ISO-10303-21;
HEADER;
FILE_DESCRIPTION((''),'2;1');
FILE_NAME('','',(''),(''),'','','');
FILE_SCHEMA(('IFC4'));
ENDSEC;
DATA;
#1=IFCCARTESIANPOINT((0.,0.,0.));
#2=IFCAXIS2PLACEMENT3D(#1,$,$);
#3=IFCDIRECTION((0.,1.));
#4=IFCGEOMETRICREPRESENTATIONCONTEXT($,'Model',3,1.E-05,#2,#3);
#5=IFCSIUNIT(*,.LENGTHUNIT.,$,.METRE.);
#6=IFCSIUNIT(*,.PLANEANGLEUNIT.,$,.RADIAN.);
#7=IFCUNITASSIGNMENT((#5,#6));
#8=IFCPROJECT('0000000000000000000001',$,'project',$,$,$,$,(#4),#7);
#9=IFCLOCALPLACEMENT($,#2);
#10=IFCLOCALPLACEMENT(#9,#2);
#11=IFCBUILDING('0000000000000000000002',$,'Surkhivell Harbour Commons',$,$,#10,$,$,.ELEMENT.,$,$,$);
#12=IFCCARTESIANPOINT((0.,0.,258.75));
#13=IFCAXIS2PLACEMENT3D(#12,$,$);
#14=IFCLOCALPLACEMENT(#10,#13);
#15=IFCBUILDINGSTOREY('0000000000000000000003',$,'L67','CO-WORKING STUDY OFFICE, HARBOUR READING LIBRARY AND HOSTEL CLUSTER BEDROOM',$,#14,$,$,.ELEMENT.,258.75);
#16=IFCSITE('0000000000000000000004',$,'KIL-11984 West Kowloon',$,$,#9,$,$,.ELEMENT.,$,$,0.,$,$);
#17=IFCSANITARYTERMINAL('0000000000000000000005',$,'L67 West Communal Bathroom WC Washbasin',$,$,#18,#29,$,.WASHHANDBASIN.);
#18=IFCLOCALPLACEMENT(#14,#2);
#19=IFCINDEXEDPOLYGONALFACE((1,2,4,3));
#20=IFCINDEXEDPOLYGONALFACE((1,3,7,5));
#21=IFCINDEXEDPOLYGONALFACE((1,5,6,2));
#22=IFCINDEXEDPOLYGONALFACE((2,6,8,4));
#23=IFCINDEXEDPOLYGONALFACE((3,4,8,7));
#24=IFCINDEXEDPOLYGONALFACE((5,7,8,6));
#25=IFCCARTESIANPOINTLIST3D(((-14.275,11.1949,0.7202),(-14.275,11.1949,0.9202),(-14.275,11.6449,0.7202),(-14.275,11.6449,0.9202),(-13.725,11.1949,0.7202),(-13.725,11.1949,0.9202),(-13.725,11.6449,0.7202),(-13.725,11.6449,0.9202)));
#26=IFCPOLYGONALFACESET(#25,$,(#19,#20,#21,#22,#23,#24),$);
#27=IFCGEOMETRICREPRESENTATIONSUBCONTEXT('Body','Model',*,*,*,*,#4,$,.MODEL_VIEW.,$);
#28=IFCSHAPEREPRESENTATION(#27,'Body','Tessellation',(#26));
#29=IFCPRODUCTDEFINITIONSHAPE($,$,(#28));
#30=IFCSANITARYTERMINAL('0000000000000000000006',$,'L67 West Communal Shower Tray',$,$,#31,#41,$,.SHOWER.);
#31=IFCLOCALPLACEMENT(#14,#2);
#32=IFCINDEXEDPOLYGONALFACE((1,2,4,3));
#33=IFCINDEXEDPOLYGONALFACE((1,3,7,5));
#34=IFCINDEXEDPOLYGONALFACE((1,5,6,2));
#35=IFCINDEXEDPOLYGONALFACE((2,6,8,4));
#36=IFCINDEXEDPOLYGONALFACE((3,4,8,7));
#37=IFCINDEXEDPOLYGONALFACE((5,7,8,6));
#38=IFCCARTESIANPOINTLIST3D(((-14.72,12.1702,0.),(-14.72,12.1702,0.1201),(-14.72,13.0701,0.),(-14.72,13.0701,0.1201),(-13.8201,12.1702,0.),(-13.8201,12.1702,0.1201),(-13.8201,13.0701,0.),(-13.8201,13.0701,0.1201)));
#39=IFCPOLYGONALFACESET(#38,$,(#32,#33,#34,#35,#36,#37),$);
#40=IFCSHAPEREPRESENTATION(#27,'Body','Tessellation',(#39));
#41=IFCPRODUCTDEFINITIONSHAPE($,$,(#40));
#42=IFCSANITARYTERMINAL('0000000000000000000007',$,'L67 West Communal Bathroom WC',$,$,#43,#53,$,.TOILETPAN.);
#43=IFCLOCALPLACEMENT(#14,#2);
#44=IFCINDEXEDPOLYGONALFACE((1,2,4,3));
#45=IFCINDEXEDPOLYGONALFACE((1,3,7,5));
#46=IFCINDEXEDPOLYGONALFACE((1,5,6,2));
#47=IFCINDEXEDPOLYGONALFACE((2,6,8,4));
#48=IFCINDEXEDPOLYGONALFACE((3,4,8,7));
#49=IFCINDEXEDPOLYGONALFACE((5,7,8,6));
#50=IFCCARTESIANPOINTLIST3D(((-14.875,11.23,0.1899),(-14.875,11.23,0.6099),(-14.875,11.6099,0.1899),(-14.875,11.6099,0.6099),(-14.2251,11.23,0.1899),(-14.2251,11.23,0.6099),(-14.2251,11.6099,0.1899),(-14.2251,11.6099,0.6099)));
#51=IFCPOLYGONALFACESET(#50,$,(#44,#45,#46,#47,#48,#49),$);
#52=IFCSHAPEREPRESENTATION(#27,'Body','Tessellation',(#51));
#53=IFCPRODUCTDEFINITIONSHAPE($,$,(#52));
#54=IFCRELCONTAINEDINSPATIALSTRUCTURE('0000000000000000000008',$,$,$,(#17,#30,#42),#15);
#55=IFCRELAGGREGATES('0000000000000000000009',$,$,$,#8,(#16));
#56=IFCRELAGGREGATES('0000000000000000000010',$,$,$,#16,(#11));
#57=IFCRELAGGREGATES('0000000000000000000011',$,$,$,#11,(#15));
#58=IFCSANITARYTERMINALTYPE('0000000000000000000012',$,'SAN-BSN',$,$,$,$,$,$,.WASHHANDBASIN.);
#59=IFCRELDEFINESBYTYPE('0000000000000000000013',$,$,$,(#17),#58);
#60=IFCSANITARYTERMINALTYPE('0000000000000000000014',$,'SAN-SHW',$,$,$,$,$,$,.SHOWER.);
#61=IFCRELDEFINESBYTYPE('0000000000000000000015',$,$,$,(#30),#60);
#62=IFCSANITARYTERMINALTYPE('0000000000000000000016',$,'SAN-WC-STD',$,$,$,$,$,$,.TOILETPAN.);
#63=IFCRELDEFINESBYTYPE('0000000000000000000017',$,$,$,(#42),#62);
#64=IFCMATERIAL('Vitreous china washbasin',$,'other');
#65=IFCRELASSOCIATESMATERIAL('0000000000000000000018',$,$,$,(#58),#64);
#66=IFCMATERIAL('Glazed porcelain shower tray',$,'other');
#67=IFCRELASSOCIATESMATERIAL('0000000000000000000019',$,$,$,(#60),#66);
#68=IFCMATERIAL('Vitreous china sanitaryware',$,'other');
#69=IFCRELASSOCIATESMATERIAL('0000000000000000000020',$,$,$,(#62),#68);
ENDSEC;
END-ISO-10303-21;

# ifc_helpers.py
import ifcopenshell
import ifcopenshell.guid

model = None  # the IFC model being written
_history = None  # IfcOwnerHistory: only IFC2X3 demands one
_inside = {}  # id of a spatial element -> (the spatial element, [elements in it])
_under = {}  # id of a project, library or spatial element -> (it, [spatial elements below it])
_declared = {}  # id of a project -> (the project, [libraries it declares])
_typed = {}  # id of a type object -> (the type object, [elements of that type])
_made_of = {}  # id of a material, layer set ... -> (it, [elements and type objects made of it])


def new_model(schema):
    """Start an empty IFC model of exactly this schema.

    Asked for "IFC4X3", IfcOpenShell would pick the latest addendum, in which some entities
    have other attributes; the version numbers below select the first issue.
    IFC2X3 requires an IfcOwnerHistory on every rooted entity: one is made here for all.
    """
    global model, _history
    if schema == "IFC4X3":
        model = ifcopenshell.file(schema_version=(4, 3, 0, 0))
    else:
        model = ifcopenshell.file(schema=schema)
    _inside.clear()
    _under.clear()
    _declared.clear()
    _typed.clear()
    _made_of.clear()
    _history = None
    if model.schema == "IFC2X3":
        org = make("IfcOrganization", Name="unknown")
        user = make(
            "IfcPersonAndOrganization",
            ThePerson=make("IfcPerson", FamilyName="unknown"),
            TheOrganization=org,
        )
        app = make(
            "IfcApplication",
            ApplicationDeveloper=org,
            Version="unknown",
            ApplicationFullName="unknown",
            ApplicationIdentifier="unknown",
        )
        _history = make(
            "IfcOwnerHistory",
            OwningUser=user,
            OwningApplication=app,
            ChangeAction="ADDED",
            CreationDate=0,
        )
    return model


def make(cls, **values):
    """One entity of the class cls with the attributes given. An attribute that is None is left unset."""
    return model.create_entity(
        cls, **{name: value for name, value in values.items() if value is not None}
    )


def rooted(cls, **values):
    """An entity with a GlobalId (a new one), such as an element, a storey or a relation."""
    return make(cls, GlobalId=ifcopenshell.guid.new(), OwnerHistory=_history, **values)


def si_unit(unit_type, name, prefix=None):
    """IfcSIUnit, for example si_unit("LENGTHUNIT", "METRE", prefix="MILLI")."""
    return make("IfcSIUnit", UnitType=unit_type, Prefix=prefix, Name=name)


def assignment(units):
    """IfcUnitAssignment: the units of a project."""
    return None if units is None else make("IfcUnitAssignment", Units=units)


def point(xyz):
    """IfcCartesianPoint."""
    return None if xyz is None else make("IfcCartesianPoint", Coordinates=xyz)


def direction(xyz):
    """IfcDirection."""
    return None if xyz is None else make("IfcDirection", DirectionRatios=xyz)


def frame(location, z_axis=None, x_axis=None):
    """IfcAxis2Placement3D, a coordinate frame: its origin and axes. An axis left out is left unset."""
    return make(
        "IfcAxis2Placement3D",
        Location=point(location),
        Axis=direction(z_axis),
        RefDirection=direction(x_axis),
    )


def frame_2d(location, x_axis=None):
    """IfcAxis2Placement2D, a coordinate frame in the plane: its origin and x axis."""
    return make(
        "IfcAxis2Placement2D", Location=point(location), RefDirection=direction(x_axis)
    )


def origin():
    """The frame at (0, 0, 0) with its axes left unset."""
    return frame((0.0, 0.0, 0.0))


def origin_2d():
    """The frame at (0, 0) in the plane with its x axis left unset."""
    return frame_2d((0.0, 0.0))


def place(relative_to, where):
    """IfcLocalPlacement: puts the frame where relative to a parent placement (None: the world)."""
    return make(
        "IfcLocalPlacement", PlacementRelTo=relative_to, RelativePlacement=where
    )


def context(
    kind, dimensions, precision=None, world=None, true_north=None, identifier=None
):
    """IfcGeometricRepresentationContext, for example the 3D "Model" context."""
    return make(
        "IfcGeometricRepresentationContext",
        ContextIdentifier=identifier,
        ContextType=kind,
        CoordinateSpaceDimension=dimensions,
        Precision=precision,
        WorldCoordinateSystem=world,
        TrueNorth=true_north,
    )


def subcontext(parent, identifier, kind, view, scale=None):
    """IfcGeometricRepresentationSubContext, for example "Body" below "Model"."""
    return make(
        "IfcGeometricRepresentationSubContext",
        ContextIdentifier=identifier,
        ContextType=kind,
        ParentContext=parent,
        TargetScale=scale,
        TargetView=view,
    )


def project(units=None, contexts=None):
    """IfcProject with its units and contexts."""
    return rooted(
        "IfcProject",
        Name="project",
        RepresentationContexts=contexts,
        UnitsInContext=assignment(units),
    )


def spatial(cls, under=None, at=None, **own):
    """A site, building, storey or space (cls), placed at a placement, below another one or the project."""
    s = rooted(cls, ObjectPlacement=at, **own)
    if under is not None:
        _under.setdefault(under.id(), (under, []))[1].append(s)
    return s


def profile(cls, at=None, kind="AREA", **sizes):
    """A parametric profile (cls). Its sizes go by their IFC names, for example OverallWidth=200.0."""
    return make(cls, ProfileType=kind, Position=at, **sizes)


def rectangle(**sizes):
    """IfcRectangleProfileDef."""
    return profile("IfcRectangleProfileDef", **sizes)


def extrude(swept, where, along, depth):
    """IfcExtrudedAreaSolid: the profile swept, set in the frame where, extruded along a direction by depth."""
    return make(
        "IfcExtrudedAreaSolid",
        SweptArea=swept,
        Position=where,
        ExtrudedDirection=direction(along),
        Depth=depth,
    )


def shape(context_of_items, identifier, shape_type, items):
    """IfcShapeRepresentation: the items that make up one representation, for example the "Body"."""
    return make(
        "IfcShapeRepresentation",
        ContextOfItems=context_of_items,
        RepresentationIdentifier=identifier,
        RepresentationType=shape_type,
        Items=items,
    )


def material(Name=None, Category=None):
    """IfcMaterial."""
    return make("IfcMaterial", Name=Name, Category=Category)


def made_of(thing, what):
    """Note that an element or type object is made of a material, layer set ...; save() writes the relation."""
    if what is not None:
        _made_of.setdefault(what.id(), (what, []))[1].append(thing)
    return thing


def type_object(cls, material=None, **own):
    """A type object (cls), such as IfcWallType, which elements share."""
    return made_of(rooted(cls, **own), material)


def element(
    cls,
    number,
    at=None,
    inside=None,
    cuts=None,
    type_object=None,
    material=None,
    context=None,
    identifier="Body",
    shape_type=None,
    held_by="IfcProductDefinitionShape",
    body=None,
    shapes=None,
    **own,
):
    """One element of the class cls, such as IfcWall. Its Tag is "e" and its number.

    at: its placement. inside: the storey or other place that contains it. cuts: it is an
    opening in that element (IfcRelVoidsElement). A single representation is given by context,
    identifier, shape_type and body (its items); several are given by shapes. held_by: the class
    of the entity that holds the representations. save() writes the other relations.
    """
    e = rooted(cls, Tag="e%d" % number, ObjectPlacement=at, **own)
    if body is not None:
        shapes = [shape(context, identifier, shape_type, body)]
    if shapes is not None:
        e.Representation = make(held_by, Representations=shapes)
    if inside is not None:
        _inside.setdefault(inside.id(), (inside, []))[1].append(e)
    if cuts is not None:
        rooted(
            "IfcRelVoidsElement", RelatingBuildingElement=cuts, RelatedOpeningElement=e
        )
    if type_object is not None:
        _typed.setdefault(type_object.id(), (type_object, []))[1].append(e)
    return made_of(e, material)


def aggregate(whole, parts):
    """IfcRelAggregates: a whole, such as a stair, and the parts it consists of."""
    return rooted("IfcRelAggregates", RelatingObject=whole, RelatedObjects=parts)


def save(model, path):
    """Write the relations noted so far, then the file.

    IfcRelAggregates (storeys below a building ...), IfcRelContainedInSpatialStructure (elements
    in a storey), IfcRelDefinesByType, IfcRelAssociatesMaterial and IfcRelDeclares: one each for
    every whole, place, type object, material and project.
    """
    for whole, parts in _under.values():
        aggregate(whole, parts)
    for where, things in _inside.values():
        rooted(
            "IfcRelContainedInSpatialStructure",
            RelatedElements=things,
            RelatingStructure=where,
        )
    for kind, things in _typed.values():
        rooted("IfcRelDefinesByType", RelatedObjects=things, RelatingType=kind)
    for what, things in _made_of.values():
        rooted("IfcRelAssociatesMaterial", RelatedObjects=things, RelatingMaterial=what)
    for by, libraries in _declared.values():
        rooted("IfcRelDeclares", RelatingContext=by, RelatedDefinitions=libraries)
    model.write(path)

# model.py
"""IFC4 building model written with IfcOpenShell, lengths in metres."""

from ifc_helpers import new_model, si_unit, direction, frame, origin, origin_2d, place, context, subcontext, project, spatial, rectangle, extrude, material, type_object, element, save


model = new_model("IFC4")

# Units and contexts
model_context = context("Model", 3, precision=1e-05, world=origin(), true_north=direction((0.0, 1.0)))
body_context = subcontext(model_context, "Body", "Model", "MODEL_VIEW")
ifc_project = project(units=[si_unit("LENGTHUNIT", "METRE"), si_unit("PLANEANGLEUNIT", "RADIAN")], contexts=[model_context])

# Site, building, storey
site_placement = place(None, origin())
site = spatial("IfcSite", under=ifc_project, at=site_placement, Name="KIL-11984 West Kowloon", CompositionType="ELEMENT", RefElevation=0.0)
building_placement = place(site_placement, origin())
building = spatial("IfcBuilding", under=site, at=building_placement, Name="Surkhivell Harbour Commons", CompositionType="ELEMENT")
storey_placement = place(building_placement, frame((0.0, 0.0, 258.75)))
storey = spatial("IfcBuildingStorey", under=building, at=storey_placement, Name="L67", Description="CO-WORKING STUDY OFFICE, HARBOUR READING LIBRARY AND HOSTEL CLUSTER BEDROOM", CompositionType="ELEMENT", Elevation=258.75)

# Sanitary terminals
ifc_material_1 = material(Name="Vitreous china washbasin", Category="other")
sanitary_terminal_type_1 = type_object("IfcSanitaryTerminalType", Name="SAN-BSN", PredefinedType="WASHHANDBASIN", material=ifc_material_1)
sanitary_terminal_1_placement = place(storey_placement, frame((-14.0, 11.4199, 0.7202), z_axis=(0.0, 0.0, 1.0), x_axis=(1.0, 0.0, 0.0)))
element("IfcSanitaryTerminal", 1, at=sanitary_terminal_1_placement, inside=storey, type_object=sanitary_terminal_type_1, Name="L67 West Communal Bathroom WC Washbasin", PredefinedType="WASHHANDBASIN", context=body_context, shape_type="SweptSolid", body=[
    extrude(rectangle(XDim=0.55, YDim=0.45, at=origin_2d()), origin(), (0.0, 0.0, 1.0), 0.2),
])
ifc_material_2 = material(Name="Glazed porcelain shower tray", Category="other")
sanitary_terminal_type_2 = type_object("IfcSanitaryTerminalType", Name="SAN-SHW", PredefinedType="SHOWER", material=ifc_material_2)
sanitary_terminal_2_placement = place(storey_placement, frame((-14.27, 12.6201, 0.0), z_axis=(0.0, 0.0, 1.0), x_axis=(1.0, 0.0, 0.0)))
element("IfcSanitaryTerminal", 2, at=sanitary_terminal_2_placement, inside=storey, type_object=sanitary_terminal_type_2, Name="L67 West Communal Shower Tray", PredefinedType="SHOWER", context=body_context, shape_type="SweptSolid", body=[
    extrude(rectangle(XDim=0.8999, YDim=0.8999, at=origin_2d()), origin(), (0.0, 0.0, 1.0), 0.1201),
])
ifc_material_3 = material(Name="Vitreous china sanitaryware", Category="other")
sanitary_terminal_type_3 = type_object("IfcSanitaryTerminalType", Name="SAN-WC-STD", PredefinedType="TOILETPAN", material=ifc_material_3)
sanitary_terminal_3_placement = place(storey_placement, frame((-14.55, 11.4199, 0.1899), z_axis=(0.0, 0.0, 1.0), x_axis=(1.0, 0.0, 0.0)))
element("IfcSanitaryTerminal", 3, at=sanitary_terminal_3_placement, inside=storey, type_object=sanitary_terminal_type_3, Name="L67 West Communal Bathroom WC", PredefinedType="TOILETPAN", context=body_context, shape_type="SweptSolid", body=[
    extrude(rectangle(XDim=0.6499, YDim=0.3799, at=origin_2d()), origin(), (0.0, 0.0, 1.0), 0.4199),
])

save(model, "model.ifc")
